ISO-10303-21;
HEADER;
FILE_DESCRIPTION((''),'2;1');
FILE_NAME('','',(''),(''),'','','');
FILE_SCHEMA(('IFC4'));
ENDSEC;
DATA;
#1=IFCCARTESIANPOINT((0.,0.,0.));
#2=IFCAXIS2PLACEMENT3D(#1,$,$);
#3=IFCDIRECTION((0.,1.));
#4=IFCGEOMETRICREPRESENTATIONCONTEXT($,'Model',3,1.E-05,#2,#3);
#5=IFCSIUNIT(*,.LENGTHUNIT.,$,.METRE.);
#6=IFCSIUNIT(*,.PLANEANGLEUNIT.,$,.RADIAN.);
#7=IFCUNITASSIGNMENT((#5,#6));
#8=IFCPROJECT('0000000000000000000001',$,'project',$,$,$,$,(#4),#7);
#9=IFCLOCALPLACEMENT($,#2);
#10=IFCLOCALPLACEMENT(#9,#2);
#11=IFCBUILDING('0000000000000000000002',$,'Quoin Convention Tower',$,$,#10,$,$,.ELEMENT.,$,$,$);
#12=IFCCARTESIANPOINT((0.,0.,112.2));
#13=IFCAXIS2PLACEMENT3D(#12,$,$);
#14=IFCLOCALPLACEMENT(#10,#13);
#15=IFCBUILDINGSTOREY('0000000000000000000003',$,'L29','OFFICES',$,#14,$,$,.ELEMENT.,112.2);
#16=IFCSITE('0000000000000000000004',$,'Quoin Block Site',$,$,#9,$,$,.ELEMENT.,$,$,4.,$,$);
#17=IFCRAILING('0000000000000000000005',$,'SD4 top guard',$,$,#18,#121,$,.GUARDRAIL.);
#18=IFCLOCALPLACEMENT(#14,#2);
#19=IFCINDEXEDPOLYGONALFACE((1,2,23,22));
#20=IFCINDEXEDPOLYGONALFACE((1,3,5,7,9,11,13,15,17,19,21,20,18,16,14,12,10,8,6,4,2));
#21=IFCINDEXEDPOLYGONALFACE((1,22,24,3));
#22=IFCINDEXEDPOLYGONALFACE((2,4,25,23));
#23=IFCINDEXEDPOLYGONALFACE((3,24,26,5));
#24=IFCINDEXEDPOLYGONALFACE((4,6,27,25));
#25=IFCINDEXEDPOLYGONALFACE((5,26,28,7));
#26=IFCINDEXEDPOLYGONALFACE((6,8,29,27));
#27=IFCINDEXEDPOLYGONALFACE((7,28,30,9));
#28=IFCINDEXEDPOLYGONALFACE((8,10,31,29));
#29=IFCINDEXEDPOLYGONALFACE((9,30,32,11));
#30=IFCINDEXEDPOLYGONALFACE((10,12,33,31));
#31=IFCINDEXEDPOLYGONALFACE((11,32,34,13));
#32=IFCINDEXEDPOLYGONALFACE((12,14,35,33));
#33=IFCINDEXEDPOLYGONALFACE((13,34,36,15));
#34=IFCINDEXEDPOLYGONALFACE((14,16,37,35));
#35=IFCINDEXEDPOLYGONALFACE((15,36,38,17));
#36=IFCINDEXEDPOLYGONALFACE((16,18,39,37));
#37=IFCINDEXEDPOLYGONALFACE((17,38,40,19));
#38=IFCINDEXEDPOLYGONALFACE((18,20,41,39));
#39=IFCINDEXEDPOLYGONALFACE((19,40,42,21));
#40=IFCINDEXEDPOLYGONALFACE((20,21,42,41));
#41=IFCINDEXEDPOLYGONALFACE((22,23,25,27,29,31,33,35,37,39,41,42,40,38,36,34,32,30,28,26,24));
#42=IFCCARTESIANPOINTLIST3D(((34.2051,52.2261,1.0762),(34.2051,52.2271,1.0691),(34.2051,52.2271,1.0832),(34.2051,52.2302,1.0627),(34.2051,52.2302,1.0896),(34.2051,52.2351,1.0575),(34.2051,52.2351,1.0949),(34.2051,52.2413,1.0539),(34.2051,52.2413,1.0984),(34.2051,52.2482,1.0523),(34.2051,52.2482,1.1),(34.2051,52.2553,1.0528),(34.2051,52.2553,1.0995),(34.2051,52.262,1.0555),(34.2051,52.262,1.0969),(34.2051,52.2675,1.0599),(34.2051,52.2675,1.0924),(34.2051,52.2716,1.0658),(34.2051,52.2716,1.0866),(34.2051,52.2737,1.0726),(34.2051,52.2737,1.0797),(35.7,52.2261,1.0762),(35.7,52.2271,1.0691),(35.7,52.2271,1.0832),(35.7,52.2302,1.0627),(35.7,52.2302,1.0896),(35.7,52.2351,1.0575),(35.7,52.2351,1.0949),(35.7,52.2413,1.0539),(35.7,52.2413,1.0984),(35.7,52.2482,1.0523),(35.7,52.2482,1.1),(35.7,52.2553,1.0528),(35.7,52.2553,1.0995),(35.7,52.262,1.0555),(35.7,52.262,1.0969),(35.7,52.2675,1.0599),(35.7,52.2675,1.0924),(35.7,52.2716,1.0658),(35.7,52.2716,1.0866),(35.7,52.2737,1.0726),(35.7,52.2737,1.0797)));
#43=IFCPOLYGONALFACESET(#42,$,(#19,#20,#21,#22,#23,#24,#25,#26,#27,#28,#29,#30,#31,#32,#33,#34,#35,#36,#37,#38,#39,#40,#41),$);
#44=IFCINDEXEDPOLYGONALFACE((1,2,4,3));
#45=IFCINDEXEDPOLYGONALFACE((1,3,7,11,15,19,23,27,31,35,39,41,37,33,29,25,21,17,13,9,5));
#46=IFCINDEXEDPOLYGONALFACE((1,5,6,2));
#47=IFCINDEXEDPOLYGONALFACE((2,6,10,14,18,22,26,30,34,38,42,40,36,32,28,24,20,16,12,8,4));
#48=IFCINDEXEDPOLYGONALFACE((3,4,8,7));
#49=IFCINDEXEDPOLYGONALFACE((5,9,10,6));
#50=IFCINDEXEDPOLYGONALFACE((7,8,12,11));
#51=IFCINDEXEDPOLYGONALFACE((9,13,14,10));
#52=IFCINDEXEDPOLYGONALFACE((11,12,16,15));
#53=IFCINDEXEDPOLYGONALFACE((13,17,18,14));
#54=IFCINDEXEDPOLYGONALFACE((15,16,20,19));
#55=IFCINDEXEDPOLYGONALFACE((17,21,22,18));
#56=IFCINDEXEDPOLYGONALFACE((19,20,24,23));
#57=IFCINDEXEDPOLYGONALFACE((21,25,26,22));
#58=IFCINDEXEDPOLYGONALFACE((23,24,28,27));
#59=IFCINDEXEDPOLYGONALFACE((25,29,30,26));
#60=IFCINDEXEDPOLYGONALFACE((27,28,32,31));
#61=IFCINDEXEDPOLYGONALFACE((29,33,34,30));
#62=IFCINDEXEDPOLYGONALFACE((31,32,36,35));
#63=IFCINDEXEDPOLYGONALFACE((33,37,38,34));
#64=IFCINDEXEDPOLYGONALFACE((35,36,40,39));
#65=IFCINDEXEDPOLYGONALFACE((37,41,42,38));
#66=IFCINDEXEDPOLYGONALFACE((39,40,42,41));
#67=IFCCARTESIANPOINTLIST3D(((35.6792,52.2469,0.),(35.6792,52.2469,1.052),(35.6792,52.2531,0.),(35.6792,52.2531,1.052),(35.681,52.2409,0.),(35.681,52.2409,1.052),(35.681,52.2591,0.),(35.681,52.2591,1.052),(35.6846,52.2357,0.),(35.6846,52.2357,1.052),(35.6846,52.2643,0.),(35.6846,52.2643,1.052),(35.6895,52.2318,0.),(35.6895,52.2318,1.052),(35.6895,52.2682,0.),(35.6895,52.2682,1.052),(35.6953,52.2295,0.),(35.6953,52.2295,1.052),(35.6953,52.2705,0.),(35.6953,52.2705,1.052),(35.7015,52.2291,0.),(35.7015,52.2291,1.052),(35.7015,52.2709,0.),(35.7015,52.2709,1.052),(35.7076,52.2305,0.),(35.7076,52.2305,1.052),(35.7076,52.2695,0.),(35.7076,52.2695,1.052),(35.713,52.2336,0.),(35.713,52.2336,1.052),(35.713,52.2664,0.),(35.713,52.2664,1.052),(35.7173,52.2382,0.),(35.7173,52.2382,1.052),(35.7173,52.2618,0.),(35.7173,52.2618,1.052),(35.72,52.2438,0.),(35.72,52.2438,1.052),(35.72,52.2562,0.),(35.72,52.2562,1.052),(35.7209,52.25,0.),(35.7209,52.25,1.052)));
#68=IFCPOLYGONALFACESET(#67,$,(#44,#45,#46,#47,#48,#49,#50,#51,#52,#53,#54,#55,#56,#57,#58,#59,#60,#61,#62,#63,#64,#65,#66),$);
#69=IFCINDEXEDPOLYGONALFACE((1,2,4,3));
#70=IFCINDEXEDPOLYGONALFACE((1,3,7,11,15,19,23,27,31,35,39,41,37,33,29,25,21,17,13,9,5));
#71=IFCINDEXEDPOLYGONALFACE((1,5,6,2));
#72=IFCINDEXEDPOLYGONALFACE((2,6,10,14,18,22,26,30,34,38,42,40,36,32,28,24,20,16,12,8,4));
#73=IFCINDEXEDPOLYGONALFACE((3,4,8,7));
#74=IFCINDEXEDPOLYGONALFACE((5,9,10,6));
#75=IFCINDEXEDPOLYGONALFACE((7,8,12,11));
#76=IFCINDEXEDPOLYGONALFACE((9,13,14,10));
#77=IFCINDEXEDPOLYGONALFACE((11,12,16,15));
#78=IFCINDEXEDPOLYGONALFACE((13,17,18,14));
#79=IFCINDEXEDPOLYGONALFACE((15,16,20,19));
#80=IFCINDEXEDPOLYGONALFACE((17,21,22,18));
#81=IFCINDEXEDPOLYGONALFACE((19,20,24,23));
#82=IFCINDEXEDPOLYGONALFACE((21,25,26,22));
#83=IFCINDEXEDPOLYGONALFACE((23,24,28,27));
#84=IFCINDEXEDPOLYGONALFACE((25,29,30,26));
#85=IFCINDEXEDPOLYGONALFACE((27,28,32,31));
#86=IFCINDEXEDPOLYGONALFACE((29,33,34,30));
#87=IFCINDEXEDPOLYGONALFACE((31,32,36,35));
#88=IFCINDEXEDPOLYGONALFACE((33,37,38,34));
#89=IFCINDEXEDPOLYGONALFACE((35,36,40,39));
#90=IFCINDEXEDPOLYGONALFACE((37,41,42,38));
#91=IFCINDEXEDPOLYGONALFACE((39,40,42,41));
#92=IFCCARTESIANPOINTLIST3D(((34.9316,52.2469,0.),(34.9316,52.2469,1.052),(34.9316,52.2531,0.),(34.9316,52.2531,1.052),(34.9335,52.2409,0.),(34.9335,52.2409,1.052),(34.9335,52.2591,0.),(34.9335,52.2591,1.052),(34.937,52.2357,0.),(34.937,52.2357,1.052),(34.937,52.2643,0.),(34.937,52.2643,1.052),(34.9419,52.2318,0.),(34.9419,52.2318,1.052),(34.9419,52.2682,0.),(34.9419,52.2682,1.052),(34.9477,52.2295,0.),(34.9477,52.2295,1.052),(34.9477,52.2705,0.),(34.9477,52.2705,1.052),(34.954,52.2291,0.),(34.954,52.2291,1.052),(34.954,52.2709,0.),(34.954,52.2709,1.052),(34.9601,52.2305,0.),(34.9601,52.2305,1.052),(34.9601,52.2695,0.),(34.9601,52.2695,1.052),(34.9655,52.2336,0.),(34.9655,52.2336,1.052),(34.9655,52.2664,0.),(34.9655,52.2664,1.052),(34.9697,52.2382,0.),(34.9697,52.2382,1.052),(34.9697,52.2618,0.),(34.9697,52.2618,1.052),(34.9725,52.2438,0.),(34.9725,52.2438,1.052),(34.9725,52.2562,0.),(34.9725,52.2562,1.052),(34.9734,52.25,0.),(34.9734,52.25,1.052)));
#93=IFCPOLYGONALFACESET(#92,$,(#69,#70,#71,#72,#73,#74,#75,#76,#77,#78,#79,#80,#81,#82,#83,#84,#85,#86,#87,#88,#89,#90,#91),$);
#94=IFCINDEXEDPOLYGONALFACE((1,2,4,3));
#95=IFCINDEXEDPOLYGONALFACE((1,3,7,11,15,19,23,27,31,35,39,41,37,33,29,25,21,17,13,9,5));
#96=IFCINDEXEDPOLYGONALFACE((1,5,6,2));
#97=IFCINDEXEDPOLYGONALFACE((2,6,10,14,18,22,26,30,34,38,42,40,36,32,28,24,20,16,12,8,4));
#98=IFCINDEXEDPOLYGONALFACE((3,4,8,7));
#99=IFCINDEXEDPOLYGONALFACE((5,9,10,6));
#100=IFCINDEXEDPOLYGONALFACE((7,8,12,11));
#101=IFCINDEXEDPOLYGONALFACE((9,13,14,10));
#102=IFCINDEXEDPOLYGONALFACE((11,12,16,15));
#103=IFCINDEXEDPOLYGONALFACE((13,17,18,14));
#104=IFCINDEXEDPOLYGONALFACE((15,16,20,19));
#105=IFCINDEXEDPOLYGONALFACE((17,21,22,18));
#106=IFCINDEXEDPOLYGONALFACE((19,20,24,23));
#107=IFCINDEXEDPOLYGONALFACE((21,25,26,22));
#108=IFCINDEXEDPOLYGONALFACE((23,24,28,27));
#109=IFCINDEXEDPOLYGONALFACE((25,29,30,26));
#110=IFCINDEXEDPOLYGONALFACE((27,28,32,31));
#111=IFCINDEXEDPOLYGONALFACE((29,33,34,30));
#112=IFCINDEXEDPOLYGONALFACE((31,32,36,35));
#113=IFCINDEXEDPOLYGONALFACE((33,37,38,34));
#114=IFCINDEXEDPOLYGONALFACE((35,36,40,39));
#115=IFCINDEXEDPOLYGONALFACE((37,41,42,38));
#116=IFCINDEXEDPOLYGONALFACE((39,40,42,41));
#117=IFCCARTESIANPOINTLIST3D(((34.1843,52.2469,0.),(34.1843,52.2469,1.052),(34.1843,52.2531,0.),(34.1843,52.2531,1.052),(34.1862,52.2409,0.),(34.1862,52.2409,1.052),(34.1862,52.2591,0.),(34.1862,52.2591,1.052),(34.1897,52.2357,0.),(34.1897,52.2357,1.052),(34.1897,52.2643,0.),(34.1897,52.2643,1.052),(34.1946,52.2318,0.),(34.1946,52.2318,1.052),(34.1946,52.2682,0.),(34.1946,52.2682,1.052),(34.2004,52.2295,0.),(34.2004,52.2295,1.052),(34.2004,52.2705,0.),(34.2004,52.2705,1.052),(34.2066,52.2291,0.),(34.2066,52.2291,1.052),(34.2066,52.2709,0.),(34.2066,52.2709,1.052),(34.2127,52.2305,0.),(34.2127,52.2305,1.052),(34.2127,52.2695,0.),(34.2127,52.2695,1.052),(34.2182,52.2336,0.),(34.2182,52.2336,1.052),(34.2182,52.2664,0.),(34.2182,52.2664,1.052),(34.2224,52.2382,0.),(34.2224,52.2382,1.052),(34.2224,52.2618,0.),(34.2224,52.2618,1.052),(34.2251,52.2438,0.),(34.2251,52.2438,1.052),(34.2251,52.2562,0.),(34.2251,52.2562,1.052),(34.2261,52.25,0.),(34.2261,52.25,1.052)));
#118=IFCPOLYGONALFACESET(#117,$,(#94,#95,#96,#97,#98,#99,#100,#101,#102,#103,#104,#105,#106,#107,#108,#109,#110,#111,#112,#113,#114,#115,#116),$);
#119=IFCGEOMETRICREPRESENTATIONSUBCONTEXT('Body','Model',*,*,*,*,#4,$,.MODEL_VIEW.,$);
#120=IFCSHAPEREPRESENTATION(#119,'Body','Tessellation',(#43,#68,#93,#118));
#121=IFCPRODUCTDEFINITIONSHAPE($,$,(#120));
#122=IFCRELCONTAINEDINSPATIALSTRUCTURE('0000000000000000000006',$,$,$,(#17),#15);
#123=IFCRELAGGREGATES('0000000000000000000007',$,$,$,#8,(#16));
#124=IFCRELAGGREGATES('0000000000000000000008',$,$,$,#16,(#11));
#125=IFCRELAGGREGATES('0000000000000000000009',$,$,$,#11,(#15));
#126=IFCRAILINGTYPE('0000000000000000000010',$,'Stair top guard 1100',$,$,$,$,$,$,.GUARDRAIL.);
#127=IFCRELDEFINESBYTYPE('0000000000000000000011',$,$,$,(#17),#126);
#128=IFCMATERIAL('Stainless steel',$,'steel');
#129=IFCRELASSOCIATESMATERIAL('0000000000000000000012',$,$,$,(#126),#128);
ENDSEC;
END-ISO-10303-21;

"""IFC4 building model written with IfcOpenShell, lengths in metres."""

from ifc_helpers import new_model, si_unit, direction, frame, origin, origin_2d, place, context, subcontext, project, spatial, circle, extrude, material, type_object, element, save


model = new_model("IFC4")

# Units and contexts
model_context = context("Model", 3, precision=1e-05, world=origin(), true_north=direction((0.0, 1.0)))
body_context = subcontext(model_context, "Body", "Model", "MODEL_VIEW")
ifc_project = project(units=[si_unit("LENGTHUNIT", "METRE"), si_unit("PLANEANGLEUNIT", "RADIAN")], contexts=[model_context])

# Site, building, storey
site_placement = place(None, origin())
site = spatial("IfcSite", under=ifc_project, at=site_placement, Name="Quoin Block Site", CompositionType="ELEMENT", RefElevation=4.0)
building_placement = place(site_placement, origin())
building = spatial("IfcBuilding", under=site, at=building_placement, Name="Quoin Convention Tower", CompositionType="ELEMENT")
storey_placement = place(building_placement, frame((0.0, 0.0, 112.2)))
storey = spatial("IfcBuildingStorey", under=building, at=storey_placement, Name="L29", Description="OFFICES", CompositionType="ELEMENT", Elevation=112.2)

# Railing
ifc_material_1 = material(Name="Stainless steel", Category="steel")
railing_type_1 = type_object("IfcRailingType", Name="Stair top guard 1100", PredefinedType="GUARDRAIL", material=ifc_material_1)
railing_1_placement = place(storey_placement, frame((35.7, 52.25, 0.0)))
element("IfcRailing", 1, at=railing_1_placement, inside=storey, type_object=railing_type_1, Name="SD4 top guard", PredefinedType="GUARDRAIL", context=body_context, shape_type="SweptSolid", body=[
    extrude(circle(Radius=0.0239, at=origin_2d()), frame((0.0, 0.0, 1.0762), z_axis=(-1.0, 0.0, 0.0), x_axis=(0.0, -1.0, 0.0)), (0.0, 0.0, 1.0), 1.4949),
    extrude(circle(Radius=0.021, at=origin_2d()), origin(), (0.0, 0.0, 1.0), 1.052),
    extrude(circle(Radius=0.021, at=origin_2d()), frame((-0.7476, 0.0, 0.0)), (0.0, 0.0, 1.0), 1.052),
    extrude(circle(Radius=0.021, at=origin_2d()), frame((-1.4949, 0.0, 0.0)), (0.0, 0.0, 1.0), 1.052),
])

save(model, "model.ifc")
